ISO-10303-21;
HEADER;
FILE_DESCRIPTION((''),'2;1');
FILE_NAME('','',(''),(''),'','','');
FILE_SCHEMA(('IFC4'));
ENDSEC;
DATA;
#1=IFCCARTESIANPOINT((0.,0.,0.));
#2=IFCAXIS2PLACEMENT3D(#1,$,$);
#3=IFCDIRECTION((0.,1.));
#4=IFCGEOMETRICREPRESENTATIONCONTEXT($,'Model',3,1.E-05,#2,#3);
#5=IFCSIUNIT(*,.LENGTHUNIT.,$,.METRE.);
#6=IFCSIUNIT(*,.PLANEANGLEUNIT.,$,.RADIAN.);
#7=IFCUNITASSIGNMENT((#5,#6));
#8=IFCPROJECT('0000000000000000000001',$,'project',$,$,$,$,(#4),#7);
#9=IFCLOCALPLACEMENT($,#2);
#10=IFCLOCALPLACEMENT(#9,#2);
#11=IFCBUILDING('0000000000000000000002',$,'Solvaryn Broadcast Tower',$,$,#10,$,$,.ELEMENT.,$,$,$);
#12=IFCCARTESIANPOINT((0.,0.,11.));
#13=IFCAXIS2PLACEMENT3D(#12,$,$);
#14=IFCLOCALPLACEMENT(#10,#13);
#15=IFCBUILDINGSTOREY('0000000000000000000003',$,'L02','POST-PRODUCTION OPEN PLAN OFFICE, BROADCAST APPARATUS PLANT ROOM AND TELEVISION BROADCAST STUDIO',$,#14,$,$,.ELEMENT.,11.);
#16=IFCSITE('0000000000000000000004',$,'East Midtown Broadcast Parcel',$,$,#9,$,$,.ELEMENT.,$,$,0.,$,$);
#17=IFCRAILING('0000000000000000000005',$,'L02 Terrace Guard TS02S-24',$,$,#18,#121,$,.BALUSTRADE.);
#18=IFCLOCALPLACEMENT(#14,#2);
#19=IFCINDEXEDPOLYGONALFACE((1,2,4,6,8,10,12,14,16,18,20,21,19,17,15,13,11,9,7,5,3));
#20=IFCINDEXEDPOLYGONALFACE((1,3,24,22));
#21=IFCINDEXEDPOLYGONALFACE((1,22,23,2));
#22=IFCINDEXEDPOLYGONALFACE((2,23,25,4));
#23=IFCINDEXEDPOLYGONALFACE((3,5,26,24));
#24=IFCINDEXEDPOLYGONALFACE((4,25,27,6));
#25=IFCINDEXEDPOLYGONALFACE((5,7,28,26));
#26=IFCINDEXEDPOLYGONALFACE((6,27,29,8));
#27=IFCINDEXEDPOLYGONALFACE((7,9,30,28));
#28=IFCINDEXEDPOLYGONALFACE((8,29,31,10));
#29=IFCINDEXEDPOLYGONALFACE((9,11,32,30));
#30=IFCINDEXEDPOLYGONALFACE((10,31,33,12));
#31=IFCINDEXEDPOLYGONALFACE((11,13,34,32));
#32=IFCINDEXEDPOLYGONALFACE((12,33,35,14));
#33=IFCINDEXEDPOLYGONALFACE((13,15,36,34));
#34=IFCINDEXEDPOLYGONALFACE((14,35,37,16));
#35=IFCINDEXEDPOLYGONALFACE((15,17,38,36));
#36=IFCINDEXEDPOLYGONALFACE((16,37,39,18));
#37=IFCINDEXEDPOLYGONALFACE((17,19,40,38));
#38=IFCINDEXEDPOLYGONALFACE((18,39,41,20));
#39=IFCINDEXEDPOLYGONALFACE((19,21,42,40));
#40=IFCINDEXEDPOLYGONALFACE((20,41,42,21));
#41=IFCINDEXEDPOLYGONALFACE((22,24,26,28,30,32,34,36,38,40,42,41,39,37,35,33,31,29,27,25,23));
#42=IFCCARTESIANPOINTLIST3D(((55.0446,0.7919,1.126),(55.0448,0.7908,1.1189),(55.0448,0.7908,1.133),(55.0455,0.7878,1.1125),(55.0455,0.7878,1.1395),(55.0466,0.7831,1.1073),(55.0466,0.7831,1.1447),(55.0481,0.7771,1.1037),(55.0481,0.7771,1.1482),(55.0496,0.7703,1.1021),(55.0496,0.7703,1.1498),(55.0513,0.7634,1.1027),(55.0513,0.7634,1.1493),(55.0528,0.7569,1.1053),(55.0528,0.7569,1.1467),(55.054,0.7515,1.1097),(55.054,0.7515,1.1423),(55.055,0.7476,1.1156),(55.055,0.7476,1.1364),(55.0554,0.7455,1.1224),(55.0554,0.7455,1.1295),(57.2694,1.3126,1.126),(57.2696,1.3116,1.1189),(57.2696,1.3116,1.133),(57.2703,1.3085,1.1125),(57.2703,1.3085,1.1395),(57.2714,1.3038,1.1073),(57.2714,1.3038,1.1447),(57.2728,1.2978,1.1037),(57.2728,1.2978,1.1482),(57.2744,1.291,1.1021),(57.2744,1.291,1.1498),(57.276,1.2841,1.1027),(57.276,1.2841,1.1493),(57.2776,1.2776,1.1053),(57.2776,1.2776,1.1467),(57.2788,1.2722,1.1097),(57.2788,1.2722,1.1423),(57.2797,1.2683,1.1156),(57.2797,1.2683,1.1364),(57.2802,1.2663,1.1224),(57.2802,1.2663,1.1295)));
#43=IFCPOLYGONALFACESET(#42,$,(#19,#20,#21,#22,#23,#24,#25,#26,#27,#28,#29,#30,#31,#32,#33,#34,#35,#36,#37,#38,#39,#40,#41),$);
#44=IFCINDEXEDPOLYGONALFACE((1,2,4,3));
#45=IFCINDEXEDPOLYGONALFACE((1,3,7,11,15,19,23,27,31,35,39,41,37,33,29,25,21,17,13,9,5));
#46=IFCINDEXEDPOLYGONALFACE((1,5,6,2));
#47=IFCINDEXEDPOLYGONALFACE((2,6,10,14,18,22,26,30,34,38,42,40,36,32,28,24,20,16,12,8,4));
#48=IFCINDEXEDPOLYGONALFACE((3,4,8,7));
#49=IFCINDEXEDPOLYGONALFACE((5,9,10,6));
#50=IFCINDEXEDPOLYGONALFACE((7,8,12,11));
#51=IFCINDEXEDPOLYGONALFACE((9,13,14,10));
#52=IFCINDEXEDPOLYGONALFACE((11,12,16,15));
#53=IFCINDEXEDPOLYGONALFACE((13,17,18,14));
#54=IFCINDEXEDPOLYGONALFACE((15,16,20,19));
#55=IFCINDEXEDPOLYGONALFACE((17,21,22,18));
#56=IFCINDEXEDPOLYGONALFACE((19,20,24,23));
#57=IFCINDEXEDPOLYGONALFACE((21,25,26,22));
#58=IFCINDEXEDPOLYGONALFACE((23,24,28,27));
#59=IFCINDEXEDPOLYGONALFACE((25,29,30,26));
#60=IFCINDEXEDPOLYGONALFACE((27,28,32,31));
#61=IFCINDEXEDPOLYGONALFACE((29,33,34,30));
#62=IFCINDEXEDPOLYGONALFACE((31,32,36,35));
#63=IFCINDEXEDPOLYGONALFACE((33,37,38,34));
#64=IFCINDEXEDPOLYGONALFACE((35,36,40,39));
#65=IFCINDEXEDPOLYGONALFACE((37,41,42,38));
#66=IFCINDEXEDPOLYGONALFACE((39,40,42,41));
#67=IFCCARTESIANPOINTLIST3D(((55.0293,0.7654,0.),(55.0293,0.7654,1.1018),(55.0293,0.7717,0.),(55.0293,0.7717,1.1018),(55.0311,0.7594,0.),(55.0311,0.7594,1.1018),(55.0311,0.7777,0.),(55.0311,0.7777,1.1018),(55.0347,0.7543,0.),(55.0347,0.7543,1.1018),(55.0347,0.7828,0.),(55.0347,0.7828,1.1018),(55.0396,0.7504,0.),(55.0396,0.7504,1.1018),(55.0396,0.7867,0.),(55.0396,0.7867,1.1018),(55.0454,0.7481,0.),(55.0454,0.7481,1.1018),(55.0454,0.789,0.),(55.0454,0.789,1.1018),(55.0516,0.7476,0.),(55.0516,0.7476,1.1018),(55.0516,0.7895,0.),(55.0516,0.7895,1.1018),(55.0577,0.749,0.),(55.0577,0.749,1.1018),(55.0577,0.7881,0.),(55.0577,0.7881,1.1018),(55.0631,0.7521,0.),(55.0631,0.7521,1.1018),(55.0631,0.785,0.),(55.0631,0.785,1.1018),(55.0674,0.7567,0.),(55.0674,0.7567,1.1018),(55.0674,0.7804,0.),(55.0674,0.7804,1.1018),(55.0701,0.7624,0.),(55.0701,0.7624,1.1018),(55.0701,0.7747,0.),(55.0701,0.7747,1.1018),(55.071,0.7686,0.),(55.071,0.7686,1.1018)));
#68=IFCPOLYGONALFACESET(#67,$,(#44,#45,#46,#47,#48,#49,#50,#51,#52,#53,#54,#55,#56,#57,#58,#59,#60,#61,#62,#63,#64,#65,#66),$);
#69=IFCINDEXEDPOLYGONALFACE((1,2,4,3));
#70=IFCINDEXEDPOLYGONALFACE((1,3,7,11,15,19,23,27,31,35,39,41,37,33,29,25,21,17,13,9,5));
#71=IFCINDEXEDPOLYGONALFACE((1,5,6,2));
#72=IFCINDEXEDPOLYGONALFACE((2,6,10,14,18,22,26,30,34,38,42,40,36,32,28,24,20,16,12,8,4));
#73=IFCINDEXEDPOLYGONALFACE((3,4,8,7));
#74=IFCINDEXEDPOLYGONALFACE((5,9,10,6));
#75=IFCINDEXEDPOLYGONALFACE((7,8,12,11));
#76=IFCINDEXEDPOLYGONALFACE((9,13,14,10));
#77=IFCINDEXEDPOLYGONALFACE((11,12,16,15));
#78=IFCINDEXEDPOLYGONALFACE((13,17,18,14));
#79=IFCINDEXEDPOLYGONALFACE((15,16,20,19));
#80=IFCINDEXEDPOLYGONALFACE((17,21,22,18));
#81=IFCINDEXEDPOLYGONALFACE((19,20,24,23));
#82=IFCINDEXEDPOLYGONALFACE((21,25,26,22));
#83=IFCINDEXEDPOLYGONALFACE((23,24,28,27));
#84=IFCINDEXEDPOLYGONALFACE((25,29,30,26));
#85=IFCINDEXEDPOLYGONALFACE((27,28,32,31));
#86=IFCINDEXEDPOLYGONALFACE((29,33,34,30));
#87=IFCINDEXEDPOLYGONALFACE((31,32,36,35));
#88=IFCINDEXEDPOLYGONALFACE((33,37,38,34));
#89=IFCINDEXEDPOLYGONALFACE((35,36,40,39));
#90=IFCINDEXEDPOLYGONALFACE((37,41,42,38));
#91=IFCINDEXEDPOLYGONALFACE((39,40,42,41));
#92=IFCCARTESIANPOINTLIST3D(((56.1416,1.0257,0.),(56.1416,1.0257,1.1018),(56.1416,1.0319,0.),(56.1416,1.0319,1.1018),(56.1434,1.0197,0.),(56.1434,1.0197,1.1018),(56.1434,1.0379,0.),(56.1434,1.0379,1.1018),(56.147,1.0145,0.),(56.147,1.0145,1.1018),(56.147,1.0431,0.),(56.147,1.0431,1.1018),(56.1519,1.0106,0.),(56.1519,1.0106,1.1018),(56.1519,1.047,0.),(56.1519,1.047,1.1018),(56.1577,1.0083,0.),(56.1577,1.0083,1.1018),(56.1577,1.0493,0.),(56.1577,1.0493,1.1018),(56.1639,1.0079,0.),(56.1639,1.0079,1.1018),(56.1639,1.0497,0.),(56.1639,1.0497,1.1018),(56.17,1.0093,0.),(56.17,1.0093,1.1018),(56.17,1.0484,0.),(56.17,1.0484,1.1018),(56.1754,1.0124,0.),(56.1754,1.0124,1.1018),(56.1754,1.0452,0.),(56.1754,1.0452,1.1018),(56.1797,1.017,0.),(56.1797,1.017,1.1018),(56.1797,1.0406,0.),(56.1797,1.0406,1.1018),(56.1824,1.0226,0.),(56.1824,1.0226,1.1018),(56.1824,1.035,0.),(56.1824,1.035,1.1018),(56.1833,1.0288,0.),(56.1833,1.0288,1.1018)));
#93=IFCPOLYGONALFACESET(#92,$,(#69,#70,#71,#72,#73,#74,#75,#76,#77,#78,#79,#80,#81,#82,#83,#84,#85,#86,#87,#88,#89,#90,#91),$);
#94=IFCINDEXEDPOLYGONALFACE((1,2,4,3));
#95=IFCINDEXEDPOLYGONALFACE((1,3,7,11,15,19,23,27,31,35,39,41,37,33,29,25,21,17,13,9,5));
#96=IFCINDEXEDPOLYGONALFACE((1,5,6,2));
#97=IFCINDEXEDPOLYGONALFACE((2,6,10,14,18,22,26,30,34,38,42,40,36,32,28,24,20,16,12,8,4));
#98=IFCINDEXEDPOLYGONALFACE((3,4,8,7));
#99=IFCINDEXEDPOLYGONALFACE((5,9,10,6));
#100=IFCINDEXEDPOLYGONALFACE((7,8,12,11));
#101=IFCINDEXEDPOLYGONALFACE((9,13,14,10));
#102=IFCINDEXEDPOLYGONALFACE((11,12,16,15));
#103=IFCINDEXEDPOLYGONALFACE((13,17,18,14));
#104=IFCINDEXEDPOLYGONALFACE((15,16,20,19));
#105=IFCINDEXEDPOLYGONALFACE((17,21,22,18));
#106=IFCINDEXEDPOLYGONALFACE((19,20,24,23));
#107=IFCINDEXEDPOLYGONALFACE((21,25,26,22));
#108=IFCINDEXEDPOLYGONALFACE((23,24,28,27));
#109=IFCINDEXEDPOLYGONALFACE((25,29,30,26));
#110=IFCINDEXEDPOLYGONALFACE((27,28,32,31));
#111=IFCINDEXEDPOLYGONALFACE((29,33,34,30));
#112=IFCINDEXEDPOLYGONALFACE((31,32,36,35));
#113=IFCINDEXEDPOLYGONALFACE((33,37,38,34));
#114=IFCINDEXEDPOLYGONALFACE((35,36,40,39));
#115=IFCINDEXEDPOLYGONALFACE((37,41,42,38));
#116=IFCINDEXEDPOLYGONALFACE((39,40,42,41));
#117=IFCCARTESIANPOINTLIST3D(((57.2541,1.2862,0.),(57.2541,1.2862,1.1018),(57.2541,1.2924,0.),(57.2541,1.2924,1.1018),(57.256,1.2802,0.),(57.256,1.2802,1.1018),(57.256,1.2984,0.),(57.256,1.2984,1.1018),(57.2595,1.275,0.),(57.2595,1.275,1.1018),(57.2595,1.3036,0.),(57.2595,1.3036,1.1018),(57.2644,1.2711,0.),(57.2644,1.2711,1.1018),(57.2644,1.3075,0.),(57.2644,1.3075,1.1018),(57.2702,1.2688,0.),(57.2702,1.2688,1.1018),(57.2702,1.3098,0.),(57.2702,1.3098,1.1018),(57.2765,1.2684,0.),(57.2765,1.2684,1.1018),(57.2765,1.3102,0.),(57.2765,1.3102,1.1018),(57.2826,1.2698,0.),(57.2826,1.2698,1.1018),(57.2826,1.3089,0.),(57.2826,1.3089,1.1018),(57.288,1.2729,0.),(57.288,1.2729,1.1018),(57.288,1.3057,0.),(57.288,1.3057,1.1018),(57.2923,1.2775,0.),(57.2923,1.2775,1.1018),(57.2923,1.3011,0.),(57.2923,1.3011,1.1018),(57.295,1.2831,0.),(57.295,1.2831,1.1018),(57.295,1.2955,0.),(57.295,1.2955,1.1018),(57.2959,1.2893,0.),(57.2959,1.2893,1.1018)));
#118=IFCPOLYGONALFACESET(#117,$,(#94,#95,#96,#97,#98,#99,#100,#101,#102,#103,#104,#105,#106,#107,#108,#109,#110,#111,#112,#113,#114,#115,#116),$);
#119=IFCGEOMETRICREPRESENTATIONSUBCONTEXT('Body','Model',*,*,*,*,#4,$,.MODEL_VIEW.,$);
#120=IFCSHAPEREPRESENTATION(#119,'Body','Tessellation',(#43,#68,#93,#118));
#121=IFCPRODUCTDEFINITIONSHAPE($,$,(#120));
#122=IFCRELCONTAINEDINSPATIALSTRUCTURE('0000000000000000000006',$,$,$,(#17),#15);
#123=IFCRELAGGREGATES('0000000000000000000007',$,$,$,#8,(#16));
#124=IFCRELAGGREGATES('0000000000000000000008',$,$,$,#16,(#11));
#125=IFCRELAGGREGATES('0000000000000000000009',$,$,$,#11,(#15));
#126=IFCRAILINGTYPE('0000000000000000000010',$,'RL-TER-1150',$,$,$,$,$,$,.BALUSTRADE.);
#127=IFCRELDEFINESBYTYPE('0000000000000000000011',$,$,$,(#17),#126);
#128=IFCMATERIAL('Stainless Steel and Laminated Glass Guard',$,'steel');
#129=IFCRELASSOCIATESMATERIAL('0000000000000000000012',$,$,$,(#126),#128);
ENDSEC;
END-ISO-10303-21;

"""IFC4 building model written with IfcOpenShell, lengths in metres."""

from ifc_helpers import new_model, si_unit, direction, frame, origin, origin_2d, place, context, subcontext, project, spatial, circle, extrude, material, type_object, element, save


model = new_model("IFC4")

# Units and contexts
model_context = context("Model", 3, precision=1e-05, world=origin(), true_north=direction((0.0, 1.0)))
body_context = subcontext(model_context, "Body", "Model", "MODEL_VIEW")
ifc_project = project(units=[si_unit("LENGTHUNIT", "METRE"), si_unit("PLANEANGLEUNIT", "RADIAN")], contexts=[model_context])

# Site, building, storey
site_placement = place(None, origin())
site = spatial("IfcSite", under=ifc_project, at=site_placement, Name="East Midtown Broadcast Parcel", CompositionType="ELEMENT", RefElevation=0.0)
building_placement = place(site_placement, origin())
building = spatial("IfcBuilding", under=site, at=building_placement, Name="Solvaryn Broadcast Tower", CompositionType="ELEMENT")
storey_placement = place(building_placement, frame((0.0, 0.0, 11.0)))
storey = spatial("IfcBuildingStorey", under=building, at=storey_placement, Name="L02", Description="POST-PRODUCTION OPEN PLAN OFFICE, BROADCAST APPARATUS PLANT ROOM AND TELEVISION BROADCAST STUDIO", CompositionType="ELEMENT", Elevation=11.0)

# Railing
ifc_material_1 = material(Name="Stainless Steel and Laminated Glass Guard", Category="steel")
railing_type = type_object("IfcRailingType", Name="RL-TER-1150", PredefinedType="BALUSTRADE", material=ifc_material_1)
railing_1_placement = place(storey_placement, frame((55.05, 0.7686, 0.0)))
element("IfcRailing", 1, at=railing_1_placement, inside=storey, type_object=railing_type, Name="L02 Terrace Guard TS02S-24", PredefinedType="BALUSTRADE", context=body_context, shape_type="SweptSolid", body=[
    extrude(circle(Radius=0.0239, at=origin_2d()), frame((0.0, 0.0, 1.126), z_axis=(0.973684, 0.227902, 0.0), x_axis=(-0.227902, 0.973684, 0.0)), (0.0, 0.0, 1.0), 2.2849),
    extrude(circle(Radius=0.021, at=origin_2d()), origin(), (0.0, 0.0, 1.0), 1.1018),
    extrude(circle(Radius=0.021, at=origin_2d()), frame((1.1123, 0.2603, 0.0)), (0.0, 0.0, 1.0), 1.1018),
    extrude(circle(Radius=0.021, at=origin_2d()), frame((2.2249, 0.5208, 0.0)), (0.0, 0.0, 1.0), 1.1018),
])

save(model, "model.ifc")
